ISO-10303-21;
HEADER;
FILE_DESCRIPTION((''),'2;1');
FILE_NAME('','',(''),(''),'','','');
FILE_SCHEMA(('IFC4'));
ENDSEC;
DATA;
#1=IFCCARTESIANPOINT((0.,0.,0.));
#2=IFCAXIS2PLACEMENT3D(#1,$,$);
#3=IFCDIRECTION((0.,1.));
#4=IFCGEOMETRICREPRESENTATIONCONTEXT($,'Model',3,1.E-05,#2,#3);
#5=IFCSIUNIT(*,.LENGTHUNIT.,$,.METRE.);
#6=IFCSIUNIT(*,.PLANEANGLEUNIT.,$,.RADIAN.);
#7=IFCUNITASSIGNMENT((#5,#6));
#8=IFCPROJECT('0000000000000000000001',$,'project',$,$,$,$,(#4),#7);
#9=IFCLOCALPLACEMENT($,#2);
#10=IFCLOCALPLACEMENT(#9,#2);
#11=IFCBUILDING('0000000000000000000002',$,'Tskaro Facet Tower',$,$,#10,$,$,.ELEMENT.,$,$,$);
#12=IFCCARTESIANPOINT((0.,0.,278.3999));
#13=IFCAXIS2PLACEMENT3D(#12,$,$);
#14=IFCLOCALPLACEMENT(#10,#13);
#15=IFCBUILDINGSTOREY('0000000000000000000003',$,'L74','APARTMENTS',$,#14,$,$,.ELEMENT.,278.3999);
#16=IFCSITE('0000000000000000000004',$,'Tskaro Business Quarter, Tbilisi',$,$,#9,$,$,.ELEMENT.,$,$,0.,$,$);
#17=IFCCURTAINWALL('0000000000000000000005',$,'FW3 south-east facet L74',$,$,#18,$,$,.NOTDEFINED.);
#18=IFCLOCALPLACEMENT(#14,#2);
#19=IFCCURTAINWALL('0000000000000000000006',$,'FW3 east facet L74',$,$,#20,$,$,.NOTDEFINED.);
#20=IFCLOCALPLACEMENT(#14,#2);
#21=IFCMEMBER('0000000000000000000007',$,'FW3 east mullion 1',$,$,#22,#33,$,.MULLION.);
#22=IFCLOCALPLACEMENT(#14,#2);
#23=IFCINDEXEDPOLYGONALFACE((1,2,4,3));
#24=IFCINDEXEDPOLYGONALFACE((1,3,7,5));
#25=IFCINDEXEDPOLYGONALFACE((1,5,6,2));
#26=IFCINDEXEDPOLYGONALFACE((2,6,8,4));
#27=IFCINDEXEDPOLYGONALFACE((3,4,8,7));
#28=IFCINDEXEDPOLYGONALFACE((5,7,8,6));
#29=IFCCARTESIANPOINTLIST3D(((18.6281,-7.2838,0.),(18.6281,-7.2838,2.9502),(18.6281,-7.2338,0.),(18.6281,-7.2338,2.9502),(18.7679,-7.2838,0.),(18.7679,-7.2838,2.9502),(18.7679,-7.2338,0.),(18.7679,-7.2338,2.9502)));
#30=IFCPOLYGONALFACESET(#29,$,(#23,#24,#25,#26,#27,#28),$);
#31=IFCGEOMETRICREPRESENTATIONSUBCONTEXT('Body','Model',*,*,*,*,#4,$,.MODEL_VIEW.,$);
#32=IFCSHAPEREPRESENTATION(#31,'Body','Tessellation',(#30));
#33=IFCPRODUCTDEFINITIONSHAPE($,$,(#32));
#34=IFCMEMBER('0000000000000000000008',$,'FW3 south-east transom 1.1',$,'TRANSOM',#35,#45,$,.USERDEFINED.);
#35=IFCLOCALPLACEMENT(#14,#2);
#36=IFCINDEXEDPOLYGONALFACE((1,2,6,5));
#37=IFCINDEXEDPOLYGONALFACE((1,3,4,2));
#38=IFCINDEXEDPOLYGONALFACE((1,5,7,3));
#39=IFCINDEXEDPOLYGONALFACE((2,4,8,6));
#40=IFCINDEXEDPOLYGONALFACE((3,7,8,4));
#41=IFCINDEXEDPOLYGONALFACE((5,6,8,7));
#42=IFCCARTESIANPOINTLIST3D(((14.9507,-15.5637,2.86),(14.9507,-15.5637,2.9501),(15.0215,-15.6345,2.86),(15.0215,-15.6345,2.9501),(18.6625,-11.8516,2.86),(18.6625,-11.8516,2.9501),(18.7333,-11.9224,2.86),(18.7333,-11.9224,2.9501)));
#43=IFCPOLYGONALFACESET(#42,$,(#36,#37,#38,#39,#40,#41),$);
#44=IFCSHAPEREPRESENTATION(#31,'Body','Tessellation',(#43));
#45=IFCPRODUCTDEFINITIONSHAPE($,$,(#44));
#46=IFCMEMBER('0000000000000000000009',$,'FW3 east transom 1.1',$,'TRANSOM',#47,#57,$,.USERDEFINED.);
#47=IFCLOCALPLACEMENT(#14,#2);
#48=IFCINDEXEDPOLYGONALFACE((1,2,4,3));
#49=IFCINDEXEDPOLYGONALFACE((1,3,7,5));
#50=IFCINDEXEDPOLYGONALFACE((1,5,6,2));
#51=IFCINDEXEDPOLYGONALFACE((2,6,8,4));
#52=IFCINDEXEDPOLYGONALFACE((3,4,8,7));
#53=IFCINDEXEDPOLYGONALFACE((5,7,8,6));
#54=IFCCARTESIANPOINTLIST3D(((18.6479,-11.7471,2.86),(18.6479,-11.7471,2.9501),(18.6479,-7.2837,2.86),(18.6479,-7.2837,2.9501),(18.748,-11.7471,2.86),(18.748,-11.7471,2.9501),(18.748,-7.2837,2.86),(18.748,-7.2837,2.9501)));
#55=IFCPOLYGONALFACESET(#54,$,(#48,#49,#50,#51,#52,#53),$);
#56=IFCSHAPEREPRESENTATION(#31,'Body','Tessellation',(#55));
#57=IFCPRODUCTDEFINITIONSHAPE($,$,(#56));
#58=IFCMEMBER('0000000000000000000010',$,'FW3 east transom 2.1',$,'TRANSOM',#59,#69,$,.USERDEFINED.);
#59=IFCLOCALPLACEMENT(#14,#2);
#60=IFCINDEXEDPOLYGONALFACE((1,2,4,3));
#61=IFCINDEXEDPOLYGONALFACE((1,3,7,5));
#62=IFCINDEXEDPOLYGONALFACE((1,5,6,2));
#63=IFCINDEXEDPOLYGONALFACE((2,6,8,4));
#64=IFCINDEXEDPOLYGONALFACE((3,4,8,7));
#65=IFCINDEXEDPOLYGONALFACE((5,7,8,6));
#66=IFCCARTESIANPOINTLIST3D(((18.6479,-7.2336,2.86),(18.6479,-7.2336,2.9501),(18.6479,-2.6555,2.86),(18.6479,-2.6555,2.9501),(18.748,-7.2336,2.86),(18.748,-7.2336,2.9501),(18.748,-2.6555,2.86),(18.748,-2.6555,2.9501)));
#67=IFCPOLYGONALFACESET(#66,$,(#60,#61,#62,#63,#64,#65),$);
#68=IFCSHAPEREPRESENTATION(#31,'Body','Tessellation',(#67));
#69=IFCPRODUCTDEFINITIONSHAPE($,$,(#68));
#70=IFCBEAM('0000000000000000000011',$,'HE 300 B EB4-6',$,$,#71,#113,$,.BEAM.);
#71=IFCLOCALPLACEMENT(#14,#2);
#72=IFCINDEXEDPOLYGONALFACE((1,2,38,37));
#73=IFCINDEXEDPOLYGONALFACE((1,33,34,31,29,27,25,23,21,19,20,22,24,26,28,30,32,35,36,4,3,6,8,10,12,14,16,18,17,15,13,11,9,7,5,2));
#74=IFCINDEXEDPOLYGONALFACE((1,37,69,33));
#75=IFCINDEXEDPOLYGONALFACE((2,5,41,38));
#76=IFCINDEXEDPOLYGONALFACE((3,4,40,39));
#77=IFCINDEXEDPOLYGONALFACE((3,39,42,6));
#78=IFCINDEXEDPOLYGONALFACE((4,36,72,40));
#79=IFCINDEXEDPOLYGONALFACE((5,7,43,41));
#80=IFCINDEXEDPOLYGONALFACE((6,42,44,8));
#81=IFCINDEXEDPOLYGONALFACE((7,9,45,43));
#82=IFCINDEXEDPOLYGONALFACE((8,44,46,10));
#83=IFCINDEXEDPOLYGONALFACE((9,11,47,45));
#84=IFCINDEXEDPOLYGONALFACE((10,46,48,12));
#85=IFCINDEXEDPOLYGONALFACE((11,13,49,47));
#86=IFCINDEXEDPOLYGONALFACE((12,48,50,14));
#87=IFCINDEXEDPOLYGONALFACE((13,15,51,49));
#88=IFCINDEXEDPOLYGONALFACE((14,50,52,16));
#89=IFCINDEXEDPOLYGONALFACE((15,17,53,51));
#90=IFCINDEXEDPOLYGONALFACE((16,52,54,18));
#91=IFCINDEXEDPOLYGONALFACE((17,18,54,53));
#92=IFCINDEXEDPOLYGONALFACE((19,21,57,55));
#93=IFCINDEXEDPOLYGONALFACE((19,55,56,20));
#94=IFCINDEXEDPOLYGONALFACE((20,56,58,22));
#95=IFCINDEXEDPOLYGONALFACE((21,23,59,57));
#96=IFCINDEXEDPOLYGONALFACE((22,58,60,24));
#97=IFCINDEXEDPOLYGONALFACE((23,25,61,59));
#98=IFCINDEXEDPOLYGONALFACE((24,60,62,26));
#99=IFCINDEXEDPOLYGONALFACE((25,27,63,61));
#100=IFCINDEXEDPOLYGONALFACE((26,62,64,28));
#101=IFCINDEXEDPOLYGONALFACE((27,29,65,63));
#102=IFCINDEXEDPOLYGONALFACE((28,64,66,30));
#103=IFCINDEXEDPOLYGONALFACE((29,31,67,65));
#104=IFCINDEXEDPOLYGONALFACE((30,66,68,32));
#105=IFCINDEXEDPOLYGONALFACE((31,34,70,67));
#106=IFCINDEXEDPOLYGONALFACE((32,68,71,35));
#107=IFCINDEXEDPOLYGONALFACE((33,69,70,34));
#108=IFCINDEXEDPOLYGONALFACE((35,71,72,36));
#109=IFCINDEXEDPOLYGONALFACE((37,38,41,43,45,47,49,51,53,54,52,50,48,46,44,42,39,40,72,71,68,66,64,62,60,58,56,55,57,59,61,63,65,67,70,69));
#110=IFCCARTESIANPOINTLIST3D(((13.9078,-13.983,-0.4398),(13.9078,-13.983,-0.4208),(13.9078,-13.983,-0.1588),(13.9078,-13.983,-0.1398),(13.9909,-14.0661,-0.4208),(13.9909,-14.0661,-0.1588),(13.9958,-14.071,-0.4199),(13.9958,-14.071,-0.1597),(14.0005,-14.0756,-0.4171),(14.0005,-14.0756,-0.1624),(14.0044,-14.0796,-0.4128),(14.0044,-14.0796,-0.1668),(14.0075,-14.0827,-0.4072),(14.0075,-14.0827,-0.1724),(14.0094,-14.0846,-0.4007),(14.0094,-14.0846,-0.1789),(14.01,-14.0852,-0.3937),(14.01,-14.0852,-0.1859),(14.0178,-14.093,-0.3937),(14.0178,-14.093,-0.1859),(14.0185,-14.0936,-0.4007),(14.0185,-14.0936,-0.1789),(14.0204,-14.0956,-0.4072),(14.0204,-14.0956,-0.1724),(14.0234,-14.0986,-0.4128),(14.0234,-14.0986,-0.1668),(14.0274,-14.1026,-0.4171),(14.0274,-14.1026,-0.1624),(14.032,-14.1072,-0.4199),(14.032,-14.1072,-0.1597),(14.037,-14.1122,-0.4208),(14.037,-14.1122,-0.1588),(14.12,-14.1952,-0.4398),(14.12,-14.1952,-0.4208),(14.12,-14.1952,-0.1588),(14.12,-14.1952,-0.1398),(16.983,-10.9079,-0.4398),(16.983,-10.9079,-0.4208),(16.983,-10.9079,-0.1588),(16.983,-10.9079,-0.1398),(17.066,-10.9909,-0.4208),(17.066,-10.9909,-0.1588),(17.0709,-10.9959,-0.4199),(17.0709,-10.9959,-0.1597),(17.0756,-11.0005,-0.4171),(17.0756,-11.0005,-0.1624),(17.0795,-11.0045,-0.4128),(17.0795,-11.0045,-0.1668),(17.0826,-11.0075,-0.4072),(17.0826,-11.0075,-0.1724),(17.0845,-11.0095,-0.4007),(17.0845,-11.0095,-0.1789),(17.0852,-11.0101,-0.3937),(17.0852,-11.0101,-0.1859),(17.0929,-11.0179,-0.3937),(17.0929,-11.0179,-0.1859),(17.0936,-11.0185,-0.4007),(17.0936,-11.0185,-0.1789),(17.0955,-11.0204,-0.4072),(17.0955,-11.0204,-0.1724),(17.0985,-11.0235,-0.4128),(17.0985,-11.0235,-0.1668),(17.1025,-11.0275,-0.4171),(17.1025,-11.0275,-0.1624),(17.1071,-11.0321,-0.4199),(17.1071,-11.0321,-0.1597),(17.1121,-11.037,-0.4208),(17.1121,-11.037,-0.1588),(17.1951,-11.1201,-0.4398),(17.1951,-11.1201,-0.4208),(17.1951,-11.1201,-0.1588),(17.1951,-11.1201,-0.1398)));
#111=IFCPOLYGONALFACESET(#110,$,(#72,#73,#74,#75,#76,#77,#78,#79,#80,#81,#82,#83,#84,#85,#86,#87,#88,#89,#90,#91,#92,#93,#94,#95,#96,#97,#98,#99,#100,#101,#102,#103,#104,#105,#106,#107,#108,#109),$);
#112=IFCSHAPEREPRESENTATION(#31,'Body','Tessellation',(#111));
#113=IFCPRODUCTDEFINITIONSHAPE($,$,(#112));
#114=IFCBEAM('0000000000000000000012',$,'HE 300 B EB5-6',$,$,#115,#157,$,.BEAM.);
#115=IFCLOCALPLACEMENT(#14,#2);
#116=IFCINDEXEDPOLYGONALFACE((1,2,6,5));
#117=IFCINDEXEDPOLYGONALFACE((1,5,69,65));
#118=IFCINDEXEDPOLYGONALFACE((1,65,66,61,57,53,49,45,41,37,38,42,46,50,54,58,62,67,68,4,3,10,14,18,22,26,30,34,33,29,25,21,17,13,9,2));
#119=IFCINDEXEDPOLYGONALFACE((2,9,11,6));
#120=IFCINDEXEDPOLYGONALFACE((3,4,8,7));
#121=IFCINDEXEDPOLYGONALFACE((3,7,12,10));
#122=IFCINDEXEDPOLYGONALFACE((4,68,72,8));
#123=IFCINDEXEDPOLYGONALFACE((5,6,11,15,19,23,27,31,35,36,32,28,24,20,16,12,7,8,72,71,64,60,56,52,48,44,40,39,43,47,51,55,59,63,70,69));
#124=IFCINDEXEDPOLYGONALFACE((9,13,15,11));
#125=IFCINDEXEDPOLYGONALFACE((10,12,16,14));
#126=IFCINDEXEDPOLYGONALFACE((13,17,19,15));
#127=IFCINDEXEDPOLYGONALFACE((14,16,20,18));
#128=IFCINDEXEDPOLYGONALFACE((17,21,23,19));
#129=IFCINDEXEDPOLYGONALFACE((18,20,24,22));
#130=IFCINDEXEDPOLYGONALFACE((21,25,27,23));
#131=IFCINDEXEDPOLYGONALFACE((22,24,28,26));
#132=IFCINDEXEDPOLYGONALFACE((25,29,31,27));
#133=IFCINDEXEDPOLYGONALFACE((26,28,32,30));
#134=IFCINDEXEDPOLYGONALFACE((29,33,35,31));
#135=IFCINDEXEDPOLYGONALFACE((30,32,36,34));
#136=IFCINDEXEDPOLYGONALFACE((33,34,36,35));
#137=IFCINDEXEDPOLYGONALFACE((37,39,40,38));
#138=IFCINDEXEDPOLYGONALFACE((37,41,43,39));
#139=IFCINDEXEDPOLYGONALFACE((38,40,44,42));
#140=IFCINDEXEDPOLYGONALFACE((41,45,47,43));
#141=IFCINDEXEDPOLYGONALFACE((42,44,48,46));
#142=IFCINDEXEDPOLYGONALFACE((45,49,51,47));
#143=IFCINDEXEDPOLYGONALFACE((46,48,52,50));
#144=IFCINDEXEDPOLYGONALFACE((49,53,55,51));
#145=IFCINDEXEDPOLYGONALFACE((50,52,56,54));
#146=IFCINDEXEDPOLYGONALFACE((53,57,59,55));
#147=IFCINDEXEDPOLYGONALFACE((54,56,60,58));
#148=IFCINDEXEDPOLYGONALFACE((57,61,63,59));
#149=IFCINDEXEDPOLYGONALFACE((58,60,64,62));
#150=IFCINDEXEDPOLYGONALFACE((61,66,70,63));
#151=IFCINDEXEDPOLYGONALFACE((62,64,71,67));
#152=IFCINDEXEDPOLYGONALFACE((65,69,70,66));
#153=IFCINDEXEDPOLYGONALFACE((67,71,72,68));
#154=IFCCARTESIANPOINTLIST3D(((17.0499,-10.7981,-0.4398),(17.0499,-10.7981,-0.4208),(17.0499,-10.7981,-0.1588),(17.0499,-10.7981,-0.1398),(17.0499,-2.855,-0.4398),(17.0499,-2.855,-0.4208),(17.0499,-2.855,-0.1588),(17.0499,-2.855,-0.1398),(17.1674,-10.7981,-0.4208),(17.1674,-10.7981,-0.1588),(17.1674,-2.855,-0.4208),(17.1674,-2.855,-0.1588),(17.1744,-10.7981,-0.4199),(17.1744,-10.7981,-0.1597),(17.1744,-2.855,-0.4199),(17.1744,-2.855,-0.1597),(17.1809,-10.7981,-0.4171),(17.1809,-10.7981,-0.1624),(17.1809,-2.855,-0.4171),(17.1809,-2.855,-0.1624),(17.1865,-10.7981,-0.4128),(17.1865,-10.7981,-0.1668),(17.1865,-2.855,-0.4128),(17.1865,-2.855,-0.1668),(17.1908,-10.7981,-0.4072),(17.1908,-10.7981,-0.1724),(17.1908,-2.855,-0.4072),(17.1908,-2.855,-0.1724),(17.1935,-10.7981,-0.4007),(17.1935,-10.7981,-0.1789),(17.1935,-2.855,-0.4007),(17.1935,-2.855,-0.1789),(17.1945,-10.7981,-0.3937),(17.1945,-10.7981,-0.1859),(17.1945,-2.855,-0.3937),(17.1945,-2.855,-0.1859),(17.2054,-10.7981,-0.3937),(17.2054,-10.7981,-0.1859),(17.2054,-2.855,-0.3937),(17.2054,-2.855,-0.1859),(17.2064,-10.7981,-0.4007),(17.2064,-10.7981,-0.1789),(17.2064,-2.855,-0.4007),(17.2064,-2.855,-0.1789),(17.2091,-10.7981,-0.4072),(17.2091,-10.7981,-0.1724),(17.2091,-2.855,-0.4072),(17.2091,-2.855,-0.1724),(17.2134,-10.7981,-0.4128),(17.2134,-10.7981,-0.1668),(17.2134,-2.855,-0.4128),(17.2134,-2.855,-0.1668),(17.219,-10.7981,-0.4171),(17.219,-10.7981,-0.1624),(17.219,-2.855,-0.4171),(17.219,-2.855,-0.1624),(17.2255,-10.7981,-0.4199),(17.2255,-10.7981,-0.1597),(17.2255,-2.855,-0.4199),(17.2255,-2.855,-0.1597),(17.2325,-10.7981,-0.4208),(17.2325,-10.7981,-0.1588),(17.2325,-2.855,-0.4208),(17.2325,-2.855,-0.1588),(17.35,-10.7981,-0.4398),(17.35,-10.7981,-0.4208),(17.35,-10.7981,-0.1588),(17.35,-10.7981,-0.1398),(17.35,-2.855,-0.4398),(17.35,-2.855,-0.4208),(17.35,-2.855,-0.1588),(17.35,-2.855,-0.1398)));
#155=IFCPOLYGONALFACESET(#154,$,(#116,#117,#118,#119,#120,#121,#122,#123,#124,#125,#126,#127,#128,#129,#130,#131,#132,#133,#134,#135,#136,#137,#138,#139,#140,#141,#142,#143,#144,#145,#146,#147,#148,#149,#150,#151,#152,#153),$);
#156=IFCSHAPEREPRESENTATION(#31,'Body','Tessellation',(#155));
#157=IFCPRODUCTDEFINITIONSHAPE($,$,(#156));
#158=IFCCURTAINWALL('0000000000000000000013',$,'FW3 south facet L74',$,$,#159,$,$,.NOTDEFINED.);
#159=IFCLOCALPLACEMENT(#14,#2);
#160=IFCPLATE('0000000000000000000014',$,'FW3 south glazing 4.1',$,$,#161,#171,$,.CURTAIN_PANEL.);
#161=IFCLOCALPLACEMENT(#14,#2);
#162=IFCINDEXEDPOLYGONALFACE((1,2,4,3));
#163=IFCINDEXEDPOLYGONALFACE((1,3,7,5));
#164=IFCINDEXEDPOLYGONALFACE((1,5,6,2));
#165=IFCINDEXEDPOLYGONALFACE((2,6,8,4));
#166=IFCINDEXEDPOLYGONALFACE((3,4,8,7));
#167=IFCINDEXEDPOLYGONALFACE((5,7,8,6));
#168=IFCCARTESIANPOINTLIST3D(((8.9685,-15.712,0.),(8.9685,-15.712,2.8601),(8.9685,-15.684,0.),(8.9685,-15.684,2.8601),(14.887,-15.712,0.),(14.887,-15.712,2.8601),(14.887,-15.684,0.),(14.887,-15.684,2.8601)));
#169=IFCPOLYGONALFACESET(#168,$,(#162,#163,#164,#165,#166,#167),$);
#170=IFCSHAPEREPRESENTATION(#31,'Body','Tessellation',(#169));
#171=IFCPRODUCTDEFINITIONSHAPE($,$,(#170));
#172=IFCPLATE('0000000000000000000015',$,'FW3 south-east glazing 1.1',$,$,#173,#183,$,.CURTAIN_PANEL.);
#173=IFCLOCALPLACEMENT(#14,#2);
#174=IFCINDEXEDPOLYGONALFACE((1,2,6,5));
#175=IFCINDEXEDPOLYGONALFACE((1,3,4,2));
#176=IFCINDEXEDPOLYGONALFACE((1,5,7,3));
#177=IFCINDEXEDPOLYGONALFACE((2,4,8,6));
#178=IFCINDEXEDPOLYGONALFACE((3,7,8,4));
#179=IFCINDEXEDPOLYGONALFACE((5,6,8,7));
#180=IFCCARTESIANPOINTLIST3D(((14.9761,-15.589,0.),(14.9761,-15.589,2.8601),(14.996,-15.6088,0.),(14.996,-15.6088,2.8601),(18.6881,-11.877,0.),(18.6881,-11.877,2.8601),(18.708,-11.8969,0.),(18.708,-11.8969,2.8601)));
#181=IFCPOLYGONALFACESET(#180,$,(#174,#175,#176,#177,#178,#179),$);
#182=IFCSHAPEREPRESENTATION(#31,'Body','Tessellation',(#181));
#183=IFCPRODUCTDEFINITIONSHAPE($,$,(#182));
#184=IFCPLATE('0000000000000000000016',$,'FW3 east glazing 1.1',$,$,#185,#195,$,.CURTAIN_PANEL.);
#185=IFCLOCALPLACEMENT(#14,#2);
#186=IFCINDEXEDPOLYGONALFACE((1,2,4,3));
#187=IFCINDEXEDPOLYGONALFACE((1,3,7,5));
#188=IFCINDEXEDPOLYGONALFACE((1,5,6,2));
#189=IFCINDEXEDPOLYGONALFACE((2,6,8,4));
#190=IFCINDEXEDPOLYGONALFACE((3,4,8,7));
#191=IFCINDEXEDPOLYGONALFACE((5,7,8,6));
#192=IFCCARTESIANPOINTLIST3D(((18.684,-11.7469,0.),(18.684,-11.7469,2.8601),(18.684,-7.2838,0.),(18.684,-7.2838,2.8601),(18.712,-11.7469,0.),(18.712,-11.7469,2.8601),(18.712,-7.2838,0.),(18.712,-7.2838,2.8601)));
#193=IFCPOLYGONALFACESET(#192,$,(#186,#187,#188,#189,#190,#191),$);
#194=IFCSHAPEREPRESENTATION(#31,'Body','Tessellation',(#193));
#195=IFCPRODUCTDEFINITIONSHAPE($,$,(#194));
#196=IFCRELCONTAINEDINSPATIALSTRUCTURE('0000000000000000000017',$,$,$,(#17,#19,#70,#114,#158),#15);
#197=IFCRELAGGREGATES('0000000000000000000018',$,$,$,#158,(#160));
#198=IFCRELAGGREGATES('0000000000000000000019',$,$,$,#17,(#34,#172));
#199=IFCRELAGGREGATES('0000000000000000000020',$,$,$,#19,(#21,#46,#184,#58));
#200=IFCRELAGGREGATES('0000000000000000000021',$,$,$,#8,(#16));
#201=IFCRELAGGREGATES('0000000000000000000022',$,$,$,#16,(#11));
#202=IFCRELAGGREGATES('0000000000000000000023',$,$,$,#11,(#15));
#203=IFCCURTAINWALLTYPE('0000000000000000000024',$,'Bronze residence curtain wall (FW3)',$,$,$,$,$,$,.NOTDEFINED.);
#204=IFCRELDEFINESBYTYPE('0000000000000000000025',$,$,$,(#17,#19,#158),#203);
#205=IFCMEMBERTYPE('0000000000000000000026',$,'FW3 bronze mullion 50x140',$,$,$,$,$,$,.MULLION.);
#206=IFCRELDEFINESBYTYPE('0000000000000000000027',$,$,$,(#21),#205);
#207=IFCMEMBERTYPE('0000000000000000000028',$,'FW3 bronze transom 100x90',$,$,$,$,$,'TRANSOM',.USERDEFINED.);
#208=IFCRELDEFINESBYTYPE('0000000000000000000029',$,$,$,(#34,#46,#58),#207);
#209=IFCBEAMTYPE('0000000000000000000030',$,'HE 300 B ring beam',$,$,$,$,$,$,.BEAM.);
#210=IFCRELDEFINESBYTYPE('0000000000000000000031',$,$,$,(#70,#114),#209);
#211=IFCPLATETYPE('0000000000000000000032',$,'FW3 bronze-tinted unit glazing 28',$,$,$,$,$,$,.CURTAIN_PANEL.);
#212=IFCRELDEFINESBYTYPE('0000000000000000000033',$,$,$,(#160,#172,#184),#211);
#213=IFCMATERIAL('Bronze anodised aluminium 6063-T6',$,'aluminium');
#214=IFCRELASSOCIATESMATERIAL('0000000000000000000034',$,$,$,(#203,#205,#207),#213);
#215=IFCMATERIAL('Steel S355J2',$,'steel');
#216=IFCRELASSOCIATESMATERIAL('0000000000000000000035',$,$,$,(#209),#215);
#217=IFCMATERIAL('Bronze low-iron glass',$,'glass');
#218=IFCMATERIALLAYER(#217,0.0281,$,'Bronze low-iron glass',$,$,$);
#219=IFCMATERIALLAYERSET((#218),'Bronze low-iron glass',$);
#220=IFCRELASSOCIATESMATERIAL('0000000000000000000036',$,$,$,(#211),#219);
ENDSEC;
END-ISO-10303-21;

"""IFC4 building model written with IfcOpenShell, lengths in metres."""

from ifc_helpers import new_model, si_unit, direction, frame, origin, origin_2d, place, context, subcontext, project, spatial, rectangle, i_section, extrude, material, layer, layer_set, material_profile, profile_set, type_object, element, aggregate, save


model = new_model("IFC4")

# Units and contexts
model_context = context("Model", 3, precision=1e-05, world=origin(), true_north=direction((0.0, 1.0)))
body_context = subcontext(model_context, "Body", "Model", "MODEL_VIEW")
ifc_project = project(units=[si_unit("LENGTHUNIT", "METRE"), si_unit("PLANEANGLEUNIT", "RADIAN")], contexts=[model_context])

# Site, building, storey
site_placement = place(None, origin())
site = spatial("IfcSite", under=ifc_project, at=site_placement, Name="Tskaro Business Quarter, Tbilisi", CompositionType="ELEMENT", RefElevation=0.0)
building_placement = place(site_placement, origin())
building = spatial("IfcBuilding", under=site, at=building_placement, Name="Tskaro Facet Tower", CompositionType="ELEMENT")
storey_placement = place(building_placement, frame((0.0, 0.0, 278.3999)))
storey = spatial("IfcBuildingStorey", under=building, at=storey_placement, Name="L74", Description="APARTMENTS", CompositionType="ELEMENT", Elevation=278.3999)

# Shared definitions
ifc_material_1 = material(Name="Steel S355J2", Category="steel")

# Curtain wall
ifc_material_2 = material(Name="Bronze anodised aluminium 6063-T6", Category="aluminium")
curtain_wall_type = type_object("IfcCurtainWallType", Name="Bronze residence curtain wall (FW3)", PredefinedType="NOTDEFINED", material=ifc_material_2)
curtain_wall_1_placement = place(storey_placement, origin())
curtain_wall_1 = element("IfcCurtainWall", 1, at=curtain_wall_1_placement, inside=storey, type_object=curtain_wall_type, Name="FW3 south-east facet L74", PredefinedType="NOTDEFINED")

# Curtain wall, member
curtain_wall_2_placement = place(storey_placement, origin())
curtain_wall_2 = element("IfcCurtainWall", 2, at=curtain_wall_2_placement, inside=storey, type_object=curtain_wall_type, Name="FW3 east facet L74", PredefinedType="NOTDEFINED")
ifc_material_profile_1 = material_profile(ifc_material_2, rectangle(XDim=0.05, YDim=0.1399, at=origin_2d()), Name="Mullion 50x140")
ifc_profile_set_1 = profile_set([ifc_material_profile_1], Name="Bronze anodised aluminium 6063-T6")
member_type_1 = type_object("IfcMemberType", Name="FW3 bronze mullion 50x140", PredefinedType="MULLION", material=ifc_profile_set_1)
member_1_placement = place(storey_placement, frame((18.698, -7.2588, 0.0), z_axis=(0.0, 0.0, 1.0), x_axis=(0.0, 1.0, 0.0)))
member_1 = element("IfcMember", 3, at=member_1_placement, type_object=member_type_1, Name="FW3 east mullion 1", PredefinedType="MULLION", context=body_context, shape_type="SweptSolid", body=[
    extrude(rectangle(XDim=0.05, YDim=0.1399, at=origin_2d()), origin(), (0.0, 0.0, 1.0), 2.9502),
])

# Members
ifc_material_profile_2 = material_profile(ifc_material_2, rectangle(XDim=0.1001, YDim=0.0901, at=origin_2d()), Name="Transom 100x90")
ifc_profile_set_2 = profile_set([ifc_material_profile_2], Name="Bronze anodised aluminium 6063-T6")
member_type_2 = type_object("IfcMemberType", Name="FW3 bronze transom 100x90", ElementType="TRANSOM", PredefinedType="USERDEFINED", material=ifc_profile_set_2)
member_2_placement = place(storey_placement, frame((14.9861, -15.5991, 2.905), z_axis=(0.707084, 0.70713, 0.0), x_axis=(-0.70713, 0.707084, 0.0)))
member_2 = element("IfcMember", 4, at=member_2_placement, type_object=member_type_2, Name="FW3 south-east transom 1.1", ObjectType="TRANSOM", PredefinedType="USERDEFINED", context=body_context, shape_type="SweptSolid", body=[
    extrude(rectangle(XDim=0.1001, YDim=0.0901, at=origin_2d()), origin(), (0.0, 0.0, 1.0), 5.2495),
])
member_3_placement = place(storey_placement, frame((18.698, -11.7471, 2.905), z_axis=(0.0, 1.0, 0.0), x_axis=(-1.0, 0.0, 0.0)))
member_3 = element("IfcMember", 5, at=member_3_placement, type_object=member_type_2, Name="FW3 east transom 1.1", ObjectType="TRANSOM", PredefinedType="USERDEFINED", context=body_context, shape_type="SweptSolid", body=[
    extrude(rectangle(XDim=0.1001, YDim=0.0901, at=origin_2d()), origin(), (0.0, 0.0, 1.0), 4.4634),
])
member_4_placement = place(storey_placement, frame((18.698, -7.2336, 2.905), z_axis=(0.0, 1.0, 0.0), x_axis=(-1.0, 0.0, 0.0)))
member_4 = element("IfcMember", 6, at=member_4_placement, type_object=member_type_2, Name="FW3 east transom 2.1", ObjectType="TRANSOM", PredefinedType="USERDEFINED", context=body_context, shape_type="SweptSolid", body=[
    extrude(rectangle(XDim=0.1001, YDim=0.0901, at=origin_2d()), origin(), (0.0, 0.0, 1.0), 4.5781),
])

# Beams
ifc_material_profile_3 = material_profile(ifc_material_1, i_section(OverallWidth=0.3, OverallDepth=0.3, WebThickness=0.011, FlangeThickness=0.019, FilletRadius=0.0271, at=origin_2d()), Name="HE 300 B")
ifc_profile_set_3 = profile_set([ifc_material_profile_3], Name="Steel S355J2")
beam_type = type_object("IfcBeamType", Name="HE 300 B ring beam", PredefinedType="BEAM", material=ifc_profile_set_3)
beam_1_placement = place(storey_placement, frame((14.0139, -14.0891, -0.2898), z_axis=(0.707107, 0.707107, 0.0), x_axis=(-0.707107, 0.707107, 0.0)))
element("IfcBeam", 7, at=beam_1_placement, inside=storey, type_object=beam_type, Name="HE 300 B EB4-6", PredefinedType="BEAM", context=body_context, shape_type="SweptSolid", body=[
    extrude(i_section(OverallWidth=0.3, OverallDepth=0.3, WebThickness=0.011, FlangeThickness=0.019, FilletRadius=0.0271, at=origin_2d()), origin(), (0.0, 0.0, 1.0), 4.3489),
])
beam_2_placement = place(storey_placement, frame((17.2, -10.7981, -0.2898), z_axis=(0.0, 1.0, 0.0), x_axis=(-1.0, 0.0, 0.0)))
element("IfcBeam", 8, at=beam_2_placement, inside=storey, type_object=beam_type, Name="HE 300 B EB5-6", PredefinedType="BEAM", context=body_context, shape_type="SweptSolid", body=[
    extrude(i_section(OverallWidth=0.3, OverallDepth=0.3, WebThickness=0.011, FlangeThickness=0.019, FilletRadius=0.0271, at=origin_2d()), origin(), (0.0, 0.0, 1.0), 7.9431),
])

# Curtain wall, plate
curtain_wall_3_placement = place(storey_placement, origin())
curtain_wall_3 = element("IfcCurtainWall", 9, at=curtain_wall_3_placement, inside=storey, type_object=curtain_wall_type, Name="FW3 south facet L74", PredefinedType="NOTDEFINED")
ifc_material_3 = material(Name="Bronze low-iron glass", Category="glass")
ifc_layer_1 = layer(ifc_material_3, 0.0281, Name="Bronze low-iron glass")
ifc_layer_set_1 = layer_set([ifc_layer_1], Name="Bronze low-iron glass")
plate_type = type_object("IfcPlateType", Name="FW3 bronze-tinted unit glazing 28", PredefinedType="CURTAIN_PANEL", material=ifc_layer_set_1)
plate_1_placement = place(storey_placement, frame((11.9277, -15.698, 0.0), z_axis=(0.0, 0.0, 1.0), x_axis=(1.0, 0.0, 0.0)))
plate_1 = element("IfcPlate", 10, at=plate_1_placement, type_object=plate_type, Name="FW3 south glazing 4.1", PredefinedType="CURTAIN_PANEL", context=body_context, shape_type="SweptSolid", body=[
    extrude(rectangle(XDim=5.9185, YDim=0.0281, at=origin_2d()), origin(), (0.0, 0.0, 1.0), 2.8601),
])
aggregate(curtain_wall_3, [plate_1])

# Plates
plate_2_placement = place(storey_placement, frame((16.842, -13.7429, 0.0), z_axis=(0.0, 0.0, 1.0), x_axis=(0.707107, 0.707107, 0.0)))
plate_2 = element("IfcPlate", 11, at=plate_2_placement, type_object=plate_type, Name="FW3 south-east glazing 1.1", PredefinedType="CURTAIN_PANEL", context=body_context, shape_type="SweptSolid", body=[
    extrude(rectangle(XDim=5.2495, YDim=0.0281, at=origin_2d()), origin(), (0.0, 0.0, 1.0), 2.8601),
])
aggregate(curtain_wall_1, [member_2, plate_2])
plate_3_placement = place(storey_placement, frame((18.698, -9.5154, 0.0), z_axis=(0.0, 0.0, 1.0), x_axis=(0.0, 1.0, 0.0)))
plate_3 = element("IfcPlate", 12, at=plate_3_placement, type_object=plate_type, Name="FW3 east glazing 1.1", PredefinedType="CURTAIN_PANEL", context=body_context, shape_type="SweptSolid", body=[
    extrude(rectangle(XDim=4.4631, YDim=0.0281, at=origin_2d()), origin(), (0.0, 0.0, 1.0), 2.8601),
])
aggregate(curtain_wall_2, [member_1, member_3, plate_3, member_4])

save(model, "model.ifc")
